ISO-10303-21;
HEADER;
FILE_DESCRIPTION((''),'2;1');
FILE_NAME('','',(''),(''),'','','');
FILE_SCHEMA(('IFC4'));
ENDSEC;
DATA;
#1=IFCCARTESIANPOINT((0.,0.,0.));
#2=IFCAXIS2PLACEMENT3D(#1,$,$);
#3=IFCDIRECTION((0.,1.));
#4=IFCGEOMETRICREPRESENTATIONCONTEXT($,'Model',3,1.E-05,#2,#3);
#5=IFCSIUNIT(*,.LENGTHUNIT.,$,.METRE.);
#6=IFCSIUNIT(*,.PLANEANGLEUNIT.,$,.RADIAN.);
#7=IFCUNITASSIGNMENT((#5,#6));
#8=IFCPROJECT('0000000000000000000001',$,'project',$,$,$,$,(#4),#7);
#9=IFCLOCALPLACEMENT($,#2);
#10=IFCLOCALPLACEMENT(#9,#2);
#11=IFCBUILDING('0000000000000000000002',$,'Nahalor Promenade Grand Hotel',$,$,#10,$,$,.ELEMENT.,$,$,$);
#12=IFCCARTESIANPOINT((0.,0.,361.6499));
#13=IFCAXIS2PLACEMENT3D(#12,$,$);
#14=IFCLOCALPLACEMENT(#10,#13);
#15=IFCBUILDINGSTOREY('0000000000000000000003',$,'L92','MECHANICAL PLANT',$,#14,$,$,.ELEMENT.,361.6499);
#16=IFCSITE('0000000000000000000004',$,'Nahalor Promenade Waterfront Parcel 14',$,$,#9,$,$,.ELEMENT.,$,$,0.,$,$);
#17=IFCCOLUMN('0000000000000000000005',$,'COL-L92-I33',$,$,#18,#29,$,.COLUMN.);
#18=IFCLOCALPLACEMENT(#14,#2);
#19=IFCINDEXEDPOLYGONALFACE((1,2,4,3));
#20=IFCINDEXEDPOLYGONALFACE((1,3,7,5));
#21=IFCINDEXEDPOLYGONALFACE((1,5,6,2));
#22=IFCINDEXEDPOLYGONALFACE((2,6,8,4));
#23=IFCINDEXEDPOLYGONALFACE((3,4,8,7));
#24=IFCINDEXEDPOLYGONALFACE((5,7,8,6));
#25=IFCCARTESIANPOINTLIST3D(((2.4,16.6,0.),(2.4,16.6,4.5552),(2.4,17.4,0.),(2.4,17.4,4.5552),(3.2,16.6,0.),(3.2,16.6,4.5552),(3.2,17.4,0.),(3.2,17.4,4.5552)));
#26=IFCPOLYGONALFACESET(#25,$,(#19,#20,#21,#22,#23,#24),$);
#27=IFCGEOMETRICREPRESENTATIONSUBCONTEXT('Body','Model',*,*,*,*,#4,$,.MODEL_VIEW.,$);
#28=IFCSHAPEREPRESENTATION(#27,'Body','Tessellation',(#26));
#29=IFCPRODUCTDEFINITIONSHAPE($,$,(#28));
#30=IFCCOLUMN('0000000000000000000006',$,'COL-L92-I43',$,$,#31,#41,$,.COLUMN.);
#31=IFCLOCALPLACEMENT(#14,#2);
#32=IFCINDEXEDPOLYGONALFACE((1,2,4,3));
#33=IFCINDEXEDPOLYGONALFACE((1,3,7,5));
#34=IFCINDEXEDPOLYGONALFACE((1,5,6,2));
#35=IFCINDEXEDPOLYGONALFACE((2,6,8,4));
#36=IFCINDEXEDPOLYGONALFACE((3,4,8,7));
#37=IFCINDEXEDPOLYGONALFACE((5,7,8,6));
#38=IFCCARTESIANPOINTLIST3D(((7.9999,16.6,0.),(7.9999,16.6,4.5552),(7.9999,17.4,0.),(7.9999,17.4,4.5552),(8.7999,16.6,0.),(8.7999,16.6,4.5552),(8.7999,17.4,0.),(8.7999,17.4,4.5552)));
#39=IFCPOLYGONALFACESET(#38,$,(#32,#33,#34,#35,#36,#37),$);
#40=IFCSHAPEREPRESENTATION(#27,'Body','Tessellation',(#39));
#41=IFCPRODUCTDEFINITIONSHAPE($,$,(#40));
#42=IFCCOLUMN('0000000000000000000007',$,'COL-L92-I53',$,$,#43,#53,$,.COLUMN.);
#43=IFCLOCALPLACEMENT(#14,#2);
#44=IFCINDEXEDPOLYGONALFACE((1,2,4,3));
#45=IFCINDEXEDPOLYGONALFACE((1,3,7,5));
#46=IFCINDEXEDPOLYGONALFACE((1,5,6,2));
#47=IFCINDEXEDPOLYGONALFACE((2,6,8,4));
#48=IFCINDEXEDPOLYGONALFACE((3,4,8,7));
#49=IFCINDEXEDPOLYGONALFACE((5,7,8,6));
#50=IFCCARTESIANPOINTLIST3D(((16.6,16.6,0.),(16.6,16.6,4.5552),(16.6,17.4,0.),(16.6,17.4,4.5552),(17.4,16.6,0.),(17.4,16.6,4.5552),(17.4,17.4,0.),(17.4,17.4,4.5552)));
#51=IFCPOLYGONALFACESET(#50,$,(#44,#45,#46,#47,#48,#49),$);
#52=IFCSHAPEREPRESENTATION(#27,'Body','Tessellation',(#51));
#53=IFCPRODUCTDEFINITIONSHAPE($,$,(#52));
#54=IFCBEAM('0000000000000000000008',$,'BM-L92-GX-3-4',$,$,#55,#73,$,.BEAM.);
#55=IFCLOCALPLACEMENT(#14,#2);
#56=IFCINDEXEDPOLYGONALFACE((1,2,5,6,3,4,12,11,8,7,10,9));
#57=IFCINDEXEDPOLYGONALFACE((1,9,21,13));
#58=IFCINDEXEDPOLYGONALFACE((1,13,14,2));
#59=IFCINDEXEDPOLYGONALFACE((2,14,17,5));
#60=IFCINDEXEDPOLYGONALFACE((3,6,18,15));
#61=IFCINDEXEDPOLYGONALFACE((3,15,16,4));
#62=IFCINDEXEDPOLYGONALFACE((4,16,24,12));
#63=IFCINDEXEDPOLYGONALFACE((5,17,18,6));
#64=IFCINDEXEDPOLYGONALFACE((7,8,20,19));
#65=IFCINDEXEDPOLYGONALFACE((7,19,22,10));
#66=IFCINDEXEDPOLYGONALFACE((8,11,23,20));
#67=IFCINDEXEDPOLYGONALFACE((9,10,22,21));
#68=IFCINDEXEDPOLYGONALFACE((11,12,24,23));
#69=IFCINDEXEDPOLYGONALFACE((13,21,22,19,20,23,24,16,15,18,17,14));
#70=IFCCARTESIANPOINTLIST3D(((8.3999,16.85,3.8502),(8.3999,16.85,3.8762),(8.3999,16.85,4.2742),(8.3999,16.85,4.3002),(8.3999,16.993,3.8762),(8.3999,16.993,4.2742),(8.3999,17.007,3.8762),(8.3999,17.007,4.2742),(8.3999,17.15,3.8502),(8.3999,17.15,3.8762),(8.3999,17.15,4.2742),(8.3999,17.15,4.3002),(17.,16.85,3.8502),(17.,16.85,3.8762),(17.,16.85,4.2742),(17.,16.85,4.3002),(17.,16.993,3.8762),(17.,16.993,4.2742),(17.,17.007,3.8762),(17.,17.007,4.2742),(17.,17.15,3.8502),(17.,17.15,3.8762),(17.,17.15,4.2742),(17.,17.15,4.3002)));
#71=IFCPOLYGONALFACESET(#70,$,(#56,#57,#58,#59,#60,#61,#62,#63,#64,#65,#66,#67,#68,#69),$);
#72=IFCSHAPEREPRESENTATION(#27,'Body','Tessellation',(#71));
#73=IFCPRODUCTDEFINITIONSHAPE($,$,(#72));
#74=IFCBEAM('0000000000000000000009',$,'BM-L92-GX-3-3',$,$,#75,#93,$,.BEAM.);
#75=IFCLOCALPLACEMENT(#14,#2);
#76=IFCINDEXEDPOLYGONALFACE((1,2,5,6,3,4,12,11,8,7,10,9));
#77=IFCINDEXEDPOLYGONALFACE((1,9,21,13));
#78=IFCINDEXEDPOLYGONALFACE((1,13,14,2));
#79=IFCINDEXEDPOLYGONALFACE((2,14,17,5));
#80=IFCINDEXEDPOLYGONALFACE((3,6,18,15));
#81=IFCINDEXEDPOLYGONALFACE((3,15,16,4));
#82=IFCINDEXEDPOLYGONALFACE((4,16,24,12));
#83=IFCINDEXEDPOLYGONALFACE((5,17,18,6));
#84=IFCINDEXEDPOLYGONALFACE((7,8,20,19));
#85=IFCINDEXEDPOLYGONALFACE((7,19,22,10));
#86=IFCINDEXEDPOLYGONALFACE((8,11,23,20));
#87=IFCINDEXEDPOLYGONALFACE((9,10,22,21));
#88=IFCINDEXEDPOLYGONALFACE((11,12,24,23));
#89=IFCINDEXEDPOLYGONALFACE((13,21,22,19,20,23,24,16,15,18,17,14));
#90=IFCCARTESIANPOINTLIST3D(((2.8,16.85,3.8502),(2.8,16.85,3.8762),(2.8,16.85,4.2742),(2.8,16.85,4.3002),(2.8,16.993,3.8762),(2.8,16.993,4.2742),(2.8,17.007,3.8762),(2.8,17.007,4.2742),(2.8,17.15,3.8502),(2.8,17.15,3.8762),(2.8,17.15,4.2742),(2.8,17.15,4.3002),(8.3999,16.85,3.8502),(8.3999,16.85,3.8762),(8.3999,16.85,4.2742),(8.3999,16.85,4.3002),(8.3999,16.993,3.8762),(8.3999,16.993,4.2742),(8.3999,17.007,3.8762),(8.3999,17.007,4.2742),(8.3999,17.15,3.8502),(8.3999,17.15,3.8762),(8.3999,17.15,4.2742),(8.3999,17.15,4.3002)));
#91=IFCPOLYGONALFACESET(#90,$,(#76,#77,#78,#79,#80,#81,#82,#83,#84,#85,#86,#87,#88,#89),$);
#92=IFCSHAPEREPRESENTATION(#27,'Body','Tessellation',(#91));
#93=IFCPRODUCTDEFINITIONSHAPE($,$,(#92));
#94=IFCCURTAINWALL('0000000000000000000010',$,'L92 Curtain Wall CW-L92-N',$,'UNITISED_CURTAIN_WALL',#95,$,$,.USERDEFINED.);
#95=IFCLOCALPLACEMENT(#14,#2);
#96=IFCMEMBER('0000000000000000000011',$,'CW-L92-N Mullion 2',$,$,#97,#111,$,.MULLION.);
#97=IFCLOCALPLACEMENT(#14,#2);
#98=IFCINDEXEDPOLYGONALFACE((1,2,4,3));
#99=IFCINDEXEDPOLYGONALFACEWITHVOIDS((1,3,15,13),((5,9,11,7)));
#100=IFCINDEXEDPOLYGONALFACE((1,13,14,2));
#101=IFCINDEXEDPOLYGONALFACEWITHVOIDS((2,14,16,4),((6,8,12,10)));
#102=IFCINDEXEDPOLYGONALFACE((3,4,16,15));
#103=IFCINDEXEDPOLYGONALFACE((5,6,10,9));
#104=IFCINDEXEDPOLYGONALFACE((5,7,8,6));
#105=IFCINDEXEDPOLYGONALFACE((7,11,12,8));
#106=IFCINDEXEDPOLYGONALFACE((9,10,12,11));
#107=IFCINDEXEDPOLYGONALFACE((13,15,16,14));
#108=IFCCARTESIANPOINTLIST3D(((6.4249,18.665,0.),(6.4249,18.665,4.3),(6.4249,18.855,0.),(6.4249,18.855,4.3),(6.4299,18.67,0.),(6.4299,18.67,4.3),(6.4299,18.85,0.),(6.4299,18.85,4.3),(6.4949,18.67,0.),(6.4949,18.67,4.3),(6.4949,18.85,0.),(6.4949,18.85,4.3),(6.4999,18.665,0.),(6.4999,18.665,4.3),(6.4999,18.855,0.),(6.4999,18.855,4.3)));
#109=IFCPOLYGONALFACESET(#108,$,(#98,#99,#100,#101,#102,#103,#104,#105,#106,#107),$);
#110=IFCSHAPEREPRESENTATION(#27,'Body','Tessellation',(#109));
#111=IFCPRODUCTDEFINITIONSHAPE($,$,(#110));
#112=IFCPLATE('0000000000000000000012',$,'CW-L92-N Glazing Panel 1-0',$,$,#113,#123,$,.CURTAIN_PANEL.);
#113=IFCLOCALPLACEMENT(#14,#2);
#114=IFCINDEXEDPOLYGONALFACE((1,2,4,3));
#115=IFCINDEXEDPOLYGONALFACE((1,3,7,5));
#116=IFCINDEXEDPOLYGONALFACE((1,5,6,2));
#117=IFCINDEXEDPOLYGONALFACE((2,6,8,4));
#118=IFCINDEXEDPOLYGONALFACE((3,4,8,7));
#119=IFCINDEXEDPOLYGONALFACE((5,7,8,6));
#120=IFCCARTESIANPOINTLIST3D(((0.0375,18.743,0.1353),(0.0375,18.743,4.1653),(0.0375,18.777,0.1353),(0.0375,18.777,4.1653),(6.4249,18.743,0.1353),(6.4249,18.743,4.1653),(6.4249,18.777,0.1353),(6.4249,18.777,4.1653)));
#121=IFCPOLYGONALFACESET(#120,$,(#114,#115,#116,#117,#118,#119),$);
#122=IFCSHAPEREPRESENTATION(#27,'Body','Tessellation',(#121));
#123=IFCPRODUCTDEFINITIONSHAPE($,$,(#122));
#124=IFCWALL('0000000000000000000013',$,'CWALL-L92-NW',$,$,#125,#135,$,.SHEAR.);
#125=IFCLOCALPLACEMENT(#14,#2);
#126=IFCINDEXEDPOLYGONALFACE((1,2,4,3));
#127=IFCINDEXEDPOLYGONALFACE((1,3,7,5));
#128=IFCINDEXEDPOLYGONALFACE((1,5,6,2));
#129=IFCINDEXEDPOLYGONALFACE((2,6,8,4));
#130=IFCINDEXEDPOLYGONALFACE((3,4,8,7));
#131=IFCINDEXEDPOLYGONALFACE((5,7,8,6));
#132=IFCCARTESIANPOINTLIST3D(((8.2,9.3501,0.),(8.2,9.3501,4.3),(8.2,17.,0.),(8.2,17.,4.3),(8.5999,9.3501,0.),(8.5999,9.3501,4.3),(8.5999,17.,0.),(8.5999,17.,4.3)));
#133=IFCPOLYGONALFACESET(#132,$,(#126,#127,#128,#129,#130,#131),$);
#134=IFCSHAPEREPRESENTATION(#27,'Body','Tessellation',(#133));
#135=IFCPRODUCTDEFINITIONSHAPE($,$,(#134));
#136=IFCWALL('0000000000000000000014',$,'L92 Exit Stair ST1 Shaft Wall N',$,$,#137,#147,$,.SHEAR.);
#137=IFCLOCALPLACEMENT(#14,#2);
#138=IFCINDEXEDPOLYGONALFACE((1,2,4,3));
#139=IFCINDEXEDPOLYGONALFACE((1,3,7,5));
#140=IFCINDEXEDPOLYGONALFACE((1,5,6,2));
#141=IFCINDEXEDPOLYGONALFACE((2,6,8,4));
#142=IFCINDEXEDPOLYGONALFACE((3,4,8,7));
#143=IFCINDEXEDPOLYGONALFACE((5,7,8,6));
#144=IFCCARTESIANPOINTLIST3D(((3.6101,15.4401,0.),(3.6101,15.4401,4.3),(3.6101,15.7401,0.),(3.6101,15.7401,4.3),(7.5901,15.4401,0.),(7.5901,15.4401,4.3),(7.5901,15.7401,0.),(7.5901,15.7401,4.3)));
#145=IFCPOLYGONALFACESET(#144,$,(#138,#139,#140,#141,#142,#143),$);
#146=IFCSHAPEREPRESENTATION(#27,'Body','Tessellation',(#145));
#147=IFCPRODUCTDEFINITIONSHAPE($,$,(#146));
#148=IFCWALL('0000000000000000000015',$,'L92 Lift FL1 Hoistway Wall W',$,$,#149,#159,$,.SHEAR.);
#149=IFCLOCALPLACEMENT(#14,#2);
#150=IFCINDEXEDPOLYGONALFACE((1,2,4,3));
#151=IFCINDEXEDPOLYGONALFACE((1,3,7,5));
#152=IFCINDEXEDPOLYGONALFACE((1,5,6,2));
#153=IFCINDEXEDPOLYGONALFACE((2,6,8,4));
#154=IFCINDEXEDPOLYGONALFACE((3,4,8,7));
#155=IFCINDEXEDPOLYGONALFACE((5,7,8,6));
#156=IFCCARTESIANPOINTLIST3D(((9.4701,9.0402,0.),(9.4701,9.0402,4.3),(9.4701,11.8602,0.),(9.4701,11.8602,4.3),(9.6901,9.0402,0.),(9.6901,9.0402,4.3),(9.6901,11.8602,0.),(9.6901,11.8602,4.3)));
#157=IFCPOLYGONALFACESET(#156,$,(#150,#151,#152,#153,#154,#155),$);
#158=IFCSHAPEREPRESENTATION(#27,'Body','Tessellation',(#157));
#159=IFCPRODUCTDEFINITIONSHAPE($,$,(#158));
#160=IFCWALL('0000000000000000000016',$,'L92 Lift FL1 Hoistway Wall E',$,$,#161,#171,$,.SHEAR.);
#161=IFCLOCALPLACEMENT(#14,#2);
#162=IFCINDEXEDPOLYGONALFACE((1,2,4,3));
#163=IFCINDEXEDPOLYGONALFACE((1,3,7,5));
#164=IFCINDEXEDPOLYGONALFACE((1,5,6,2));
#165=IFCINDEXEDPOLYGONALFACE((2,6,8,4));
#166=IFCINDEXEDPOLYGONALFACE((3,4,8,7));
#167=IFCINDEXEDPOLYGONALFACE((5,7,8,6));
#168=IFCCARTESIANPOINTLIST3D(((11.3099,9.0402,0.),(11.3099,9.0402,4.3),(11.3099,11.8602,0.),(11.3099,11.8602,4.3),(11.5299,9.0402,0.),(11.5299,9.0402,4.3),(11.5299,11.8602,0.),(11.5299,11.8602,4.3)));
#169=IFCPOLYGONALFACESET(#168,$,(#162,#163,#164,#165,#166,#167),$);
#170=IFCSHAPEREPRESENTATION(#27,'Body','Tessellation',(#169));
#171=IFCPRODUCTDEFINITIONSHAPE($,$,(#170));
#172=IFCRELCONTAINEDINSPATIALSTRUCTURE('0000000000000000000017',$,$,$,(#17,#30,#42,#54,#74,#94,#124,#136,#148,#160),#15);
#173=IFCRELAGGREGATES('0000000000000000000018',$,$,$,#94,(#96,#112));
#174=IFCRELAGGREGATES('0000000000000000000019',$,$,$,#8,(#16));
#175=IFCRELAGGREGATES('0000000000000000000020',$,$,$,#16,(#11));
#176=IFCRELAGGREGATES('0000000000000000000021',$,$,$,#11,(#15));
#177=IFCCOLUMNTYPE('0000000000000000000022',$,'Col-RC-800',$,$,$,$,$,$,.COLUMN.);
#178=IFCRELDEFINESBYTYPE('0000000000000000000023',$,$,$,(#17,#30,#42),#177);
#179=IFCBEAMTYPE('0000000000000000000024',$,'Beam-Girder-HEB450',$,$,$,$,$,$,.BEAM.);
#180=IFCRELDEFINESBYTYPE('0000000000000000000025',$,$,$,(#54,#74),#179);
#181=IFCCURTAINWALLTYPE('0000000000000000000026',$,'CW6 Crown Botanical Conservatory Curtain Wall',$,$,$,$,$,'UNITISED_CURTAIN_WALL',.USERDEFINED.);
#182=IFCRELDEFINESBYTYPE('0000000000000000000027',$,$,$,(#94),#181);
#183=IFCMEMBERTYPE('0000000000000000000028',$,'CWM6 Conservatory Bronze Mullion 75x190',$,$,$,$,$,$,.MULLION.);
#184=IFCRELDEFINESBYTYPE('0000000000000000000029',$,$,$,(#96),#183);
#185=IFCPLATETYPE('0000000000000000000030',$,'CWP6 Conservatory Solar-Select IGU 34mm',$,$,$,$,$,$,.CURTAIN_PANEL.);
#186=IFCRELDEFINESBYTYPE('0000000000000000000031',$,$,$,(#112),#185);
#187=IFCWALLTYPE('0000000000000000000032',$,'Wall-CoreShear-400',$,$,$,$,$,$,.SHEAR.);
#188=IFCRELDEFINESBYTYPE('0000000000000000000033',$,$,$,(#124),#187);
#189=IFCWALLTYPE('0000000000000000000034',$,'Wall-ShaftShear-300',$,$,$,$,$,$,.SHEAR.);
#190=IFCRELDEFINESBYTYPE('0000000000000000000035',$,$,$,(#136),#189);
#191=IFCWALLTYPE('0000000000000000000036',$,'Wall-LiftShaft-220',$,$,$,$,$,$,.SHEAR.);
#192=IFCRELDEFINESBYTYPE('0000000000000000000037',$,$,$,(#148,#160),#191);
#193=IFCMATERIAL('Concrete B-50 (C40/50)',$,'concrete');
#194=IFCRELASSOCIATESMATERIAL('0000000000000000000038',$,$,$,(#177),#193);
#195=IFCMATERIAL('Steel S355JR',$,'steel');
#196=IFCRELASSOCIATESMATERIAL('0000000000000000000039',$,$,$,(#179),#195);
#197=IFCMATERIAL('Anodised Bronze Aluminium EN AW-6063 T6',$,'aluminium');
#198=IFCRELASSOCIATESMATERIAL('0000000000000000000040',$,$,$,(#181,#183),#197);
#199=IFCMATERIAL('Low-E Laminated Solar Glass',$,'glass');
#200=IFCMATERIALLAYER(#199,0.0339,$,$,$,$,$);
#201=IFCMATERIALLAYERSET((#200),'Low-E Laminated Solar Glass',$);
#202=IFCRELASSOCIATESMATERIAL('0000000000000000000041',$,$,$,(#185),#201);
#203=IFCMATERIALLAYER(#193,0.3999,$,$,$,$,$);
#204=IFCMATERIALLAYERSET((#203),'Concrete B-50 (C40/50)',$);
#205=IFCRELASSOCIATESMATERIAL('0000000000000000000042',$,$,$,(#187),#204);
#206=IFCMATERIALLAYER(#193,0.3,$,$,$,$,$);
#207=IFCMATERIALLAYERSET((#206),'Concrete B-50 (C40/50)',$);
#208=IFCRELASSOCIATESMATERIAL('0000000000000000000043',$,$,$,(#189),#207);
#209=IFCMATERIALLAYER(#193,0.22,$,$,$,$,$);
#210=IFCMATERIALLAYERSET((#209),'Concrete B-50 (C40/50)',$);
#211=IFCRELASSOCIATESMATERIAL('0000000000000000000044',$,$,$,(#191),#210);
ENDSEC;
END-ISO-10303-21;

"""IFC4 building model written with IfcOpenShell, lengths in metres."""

from ifc_helpers import new_model, si_unit, direction, frame, frame_2d, origin, origin_2d, place, context, subcontext, project, spatial, rectangle, hollow_rectangle, i_section, extrude, source, transform, mapped, material, layer, layer_set, material_profile, profile_set, type_object, element, aggregate, save


model = new_model("IFC4")

# Units and contexts
model_context = context("Model", 3, precision=1e-05, world=origin(), true_north=direction((0.0, 1.0)))
body_context = subcontext(model_context, "Body", "Model", "MODEL_VIEW")
ifc_project = project(units=[si_unit("LENGTHUNIT", "METRE"), si_unit("PLANEANGLEUNIT", "RADIAN")], contexts=[model_context])

# Site, building, storey
site_placement = place(None, origin())
site = spatial("IfcSite", under=ifc_project, at=site_placement, Name="Nahalor Promenade Waterfront Parcel 14", CompositionType="ELEMENT", RefElevation=0.0)
building_placement = place(site_placement, origin())
building = spatial("IfcBuilding", under=site, at=building_placement, Name="Nahalor Promenade Grand Hotel", CompositionType="ELEMENT")
storey_placement = place(building_placement, frame((0.0, 0.0, 361.6499)))
storey = spatial("IfcBuildingStorey", under=building, at=storey_placement, Name="L92", Description="MECHANICAL PLANT", CompositionType="ELEMENT", Elevation=361.6499)

# Columns
ifc_material_1 = material(Name="Concrete B-50 (C40/50)", Category="concrete")
ifc_material_profile_1 = material_profile(ifc_material_1, rectangle(XDim=0.8, YDim=0.8, at=origin_2d()), Name="RC 800x800")
ifc_profile_set_1 = profile_set([ifc_material_profile_1], Name="Concrete B-50 (C40/50)")
column_type = type_object("IfcColumnType", Name="Col-RC-800", PredefinedType="COLUMN", material=ifc_profile_set_1)
shared_shape_1 = source(origin(), body_context, "Body", "SweptSolid", [
    extrude(rectangle(XDim=0.8, YDim=0.8, at=origin_2d()), origin(), (0.0, 0.0, 1.0), 4.5552),
])
for number, where, z_axis, x_axis, name in (
    (1, (2.8, 17.0, 0.0), (0.0, 0.0, 1.0), (1.0, 0.0, 0.0), "COL-L92-I33"),
    (2, (8.3999, 17.0, 0.0), (0.0, 0.0, 1.0), (1.0, 0.0, 0.0), "COL-L92-I43"),
    (3, (17.0, 17.0, 0.0), (0.0, 0.0, 1.0), (1.0, 0.0, 0.0), "COL-L92-I53"),
):
    element("IfcColumn", number, at=place(storey_placement, frame(where, z_axis=z_axis, x_axis=x_axis)), inside=storey, type_object=column_type, Name=name, PredefinedType="COLUMN", context=body_context, shape_type="MappedRepresentation", body=[
        mapped(shared_shape_1, transform((0.0, 0.0, 0.0), scale=1.0)),
    ])

# Beams
ifc_material_2 = material(Name="Steel S355JR", Category="steel")
ifc_material_profile_2 = material_profile(ifc_material_2, i_section(OverallWidth=0.3, OverallDepth=0.45, WebThickness=0.014, FlangeThickness=0.026, at=origin_2d()), Name="HEB 450")
ifc_profile_set_2 = profile_set([ifc_material_profile_2], Name="Steel S355JR")
beam_type = type_object("IfcBeamType", Name="Beam-Girder-HEB450", PredefinedType="BEAM", material=ifc_profile_set_2)
shared_shape_2 = source(origin(), body_context, "Body", "SweptSolid", [
    extrude(i_section(OverallWidth=0.3, OverallDepth=0.45, WebThickness=0.014, FlangeThickness=0.026, at=origin_2d()), origin(), (0.0, 0.0, 1.0), 8.6001),
])
beam_1_placement = place(storey_placement, frame((8.3999, 17.0, 4.0752), z_axis=(1.0, 0.0, 0.0), x_axis=(0.0, 1.0, 0.0)))
element("IfcBeam", 4, at=beam_1_placement, inside=storey, type_object=beam_type, Name="BM-L92-GX-3-4", PredefinedType="BEAM", context=body_context, shape_type="MappedRepresentation", body=[
    mapped(shared_shape_2, transform((0.0, 0.0, 0.0), scale=1.0)),
])
shared_shape_3 = source(origin(), body_context, "Body", "SweptSolid", [
    extrude(i_section(OverallWidth=0.3, OverallDepth=0.45, WebThickness=0.014, FlangeThickness=0.026, at=origin_2d()), origin(), (0.0, 0.0, 1.0), 5.5999),
])
beam_2_placement = place(storey_placement, frame((2.8, 17.0, 4.0752), z_axis=(1.0, 0.0, 0.0), x_axis=(0.0, 1.0, 0.0)))
element("IfcBeam", 5, at=beam_2_placement, inside=storey, type_object=beam_type, Name="BM-L92-GX-3-3", PredefinedType="BEAM", context=body_context, shape_type="MappedRepresentation", body=[
    mapped(shared_shape_3, transform((0.0, 0.0, 0.0), scale=1.0)),
])

# Curtain wall, member, plate
ifc_material_3 = material(Name="Anodised Bronze Aluminium EN AW-6063 T6", Category="aluminium")
curtain_wall_type = type_object("IfcCurtainWallType", Name="CW6 Crown Botanical Conservatory Curtain Wall", ElementType="UNITISED_CURTAIN_WALL", PredefinedType="USERDEFINED", material=ifc_material_3)
curtain_wall_placement = place(storey_placement, origin())
curtain_wall = element("IfcCurtainWall", 6, at=curtain_wall_placement, inside=storey, type_object=curtain_wall_type, Name="L92 Curtain Wall CW-L92-N", ObjectType="UNITISED_CURTAIN_WALL", PredefinedType="USERDEFINED")
ifc_material_profile_3 = material_profile(ifc_material_3, hollow_rectangle(XDim=0.075, YDim=0.19, WallThickness=0.005, at=origin_2d()), Name="CWM 75x190x5")
ifc_profile_set_3 = profile_set([ifc_material_profile_3], Name="Anodised Bronze Aluminium EN AW-6063 T6")
member_type = type_object("IfcMemberType", Name="CWM6 Conservatory Bronze Mullion 75x190", PredefinedType="MULLION", material=ifc_profile_set_3)
shared_shape_4 = source(origin(), body_context, "Body", "SweptSolid", [
    extrude(hollow_rectangle(XDim=0.075, YDim=0.19, WallThickness=0.005, at=origin_2d()), origin(), (0.0, 0.0, 1.0), 4.3),
])
member_placement = place(storey_placement, frame((6.4624, 18.76, 0.0), z_axis=(0.0, 0.0, 1.0), x_axis=(1.0, 0.0, 0.0)))
member = element("IfcMember", 7, at=member_placement, type_object=member_type, Name="CW-L92-N Mullion 2", PredefinedType="MULLION", context=body_context, shape_type="MappedRepresentation", body=[
    mapped(shared_shape_4, transform((0.0, 0.0, 0.0), scale=1.0)),
])
ifc_material_4 = material(Name="Low-E Laminated Solar Glass", Category="glass")
ifc_layer_1 = layer(ifc_material_4, 0.0339)
ifc_layer_set_1 = layer_set([ifc_layer_1], Name="Low-E Laminated Solar Glass")
plate_type = type_object("IfcPlateType", Name="CWP6 Conservatory Solar-Select IGU 34mm", PredefinedType="CURTAIN_PANEL", material=ifc_layer_set_1)
shared_shape_5 = source(origin(), body_context, "Body", "SweptSolid", [
    extrude(rectangle(XDim=6.3875, YDim=0.0339, at=origin_2d()), origin(), (0.0, 0.0, 1.0), 4.03),
])
plate_placement = place(storey_placement, frame((3.2312, 18.76, 0.1353), z_axis=(0.0, 0.0, 1.0), x_axis=(1.0, 0.0, 0.0)))
plate = element("IfcPlate", 8, at=plate_placement, type_object=plate_type, Name="CW-L92-N Glazing Panel 1-0", PredefinedType="CURTAIN_PANEL", context=body_context, shape_type="MappedRepresentation", body=[
    mapped(shared_shape_5, transform((0.0, 0.0, 0.0), scale=1.0)),
])
aggregate(curtain_wall, [member, plate])

# Walls
ifc_layer_2 = layer(ifc_material_1, 0.3999)
ifc_layer_set_2 = layer_set([ifc_layer_2], Name="Concrete B-50 (C40/50)")
wall_type_1 = type_object("IfcWallType", Name="Wall-CoreShear-400", PredefinedType="SHEAR", material=ifc_layer_set_2)
shared_shape_6 = source(origin(), body_context, "Body", "SweptSolid", [
    extrude(rectangle(XDim=7.6499, YDim=0.3999, at=frame_2d((3.825, 0.0))), origin(), (0.0, 0.0, 1.0), 4.3),
])
wall_1_placement = place(storey_placement, frame((8.3999, 9.3501, 0.0), z_axis=(0.0, 0.0, 1.0), x_axis=(0.0, 1.0, 0.0)))
element("IfcWall", 9, at=wall_1_placement, inside=storey, type_object=wall_type_1, Name="CWALL-L92-NW", PredefinedType="SHEAR", context=body_context, shape_type="MappedRepresentation", body=[
    mapped(shared_shape_6, transform((0.0, 0.0, 0.0), scale=1.0)),
])
ifc_layer_3 = layer(ifc_material_1, 0.3)
ifc_layer_set_3 = layer_set([ifc_layer_3], Name="Concrete B-50 (C40/50)")
wall_type_2 = type_object("IfcWallType", Name="Wall-ShaftShear-300", PredefinedType="SHEAR", material=ifc_layer_set_3)
shared_shape_7 = source(origin(), body_context, "Body", "SweptSolid", [
    extrude(rectangle(XDim=3.98, YDim=0.3, at=frame_2d((1.99, 0.0))), origin(), (0.0, 0.0, 1.0), 4.3),
])
wall_2_placement = place(storey_placement, frame((3.6101, 15.5901, 0.0), z_axis=(0.0, 0.0, 1.0), x_axis=(1.0, 0.0, 0.0)))
element("IfcWall", 10, at=wall_2_placement, inside=storey, type_object=wall_type_2, Name="L92 Exit Stair ST1 Shaft Wall N", PredefinedType="SHEAR", context=body_context, shape_type="MappedRepresentation", body=[
    mapped(shared_shape_7, transform((0.0, 0.0, 0.0), scale=1.0)),
])
ifc_layer_4 = layer(ifc_material_1, 0.22)
ifc_layer_set_4 = layer_set([ifc_layer_4], Name="Concrete B-50 (C40/50)")
wall_type_3 = type_object("IfcWallType", Name="Wall-LiftShaft-220", PredefinedType="SHEAR", material=ifc_layer_set_4)
shared_shape_8 = source(origin(), body_context, "Body", "SweptSolid", [
    extrude(rectangle(XDim=2.8201, YDim=0.22, at=frame_2d((1.4102, 0.0))), origin(), (0.0, 0.0, 1.0), 4.3),
])
for number, where, z_axis, x_axis, name in (
    (11, (9.5801, 9.04, 0.0), (0.0, 0.0, 1.0), (0.0, 1.0, 0.0), "L92 Lift FL1 Hoistway Wall W"),
    (12, (11.4199, 9.04, 0.0), (0.0, 0.0, 1.0), (0.0, 1.0, 0.0), "L92 Lift FL1 Hoistway Wall E"),
):
    element("IfcWall", number, at=place(storey_placement, frame(where, z_axis=z_axis, x_axis=x_axis)), inside=storey, type_object=wall_type_3, Name=name, PredefinedType="SHEAR", context=body_context, shape_type="MappedRepresentation", body=[
        mapped(shared_shape_8, transform((0.0, 0.0, 0.0), scale=1.0)),
    ])

save(model, "model.ifc")
